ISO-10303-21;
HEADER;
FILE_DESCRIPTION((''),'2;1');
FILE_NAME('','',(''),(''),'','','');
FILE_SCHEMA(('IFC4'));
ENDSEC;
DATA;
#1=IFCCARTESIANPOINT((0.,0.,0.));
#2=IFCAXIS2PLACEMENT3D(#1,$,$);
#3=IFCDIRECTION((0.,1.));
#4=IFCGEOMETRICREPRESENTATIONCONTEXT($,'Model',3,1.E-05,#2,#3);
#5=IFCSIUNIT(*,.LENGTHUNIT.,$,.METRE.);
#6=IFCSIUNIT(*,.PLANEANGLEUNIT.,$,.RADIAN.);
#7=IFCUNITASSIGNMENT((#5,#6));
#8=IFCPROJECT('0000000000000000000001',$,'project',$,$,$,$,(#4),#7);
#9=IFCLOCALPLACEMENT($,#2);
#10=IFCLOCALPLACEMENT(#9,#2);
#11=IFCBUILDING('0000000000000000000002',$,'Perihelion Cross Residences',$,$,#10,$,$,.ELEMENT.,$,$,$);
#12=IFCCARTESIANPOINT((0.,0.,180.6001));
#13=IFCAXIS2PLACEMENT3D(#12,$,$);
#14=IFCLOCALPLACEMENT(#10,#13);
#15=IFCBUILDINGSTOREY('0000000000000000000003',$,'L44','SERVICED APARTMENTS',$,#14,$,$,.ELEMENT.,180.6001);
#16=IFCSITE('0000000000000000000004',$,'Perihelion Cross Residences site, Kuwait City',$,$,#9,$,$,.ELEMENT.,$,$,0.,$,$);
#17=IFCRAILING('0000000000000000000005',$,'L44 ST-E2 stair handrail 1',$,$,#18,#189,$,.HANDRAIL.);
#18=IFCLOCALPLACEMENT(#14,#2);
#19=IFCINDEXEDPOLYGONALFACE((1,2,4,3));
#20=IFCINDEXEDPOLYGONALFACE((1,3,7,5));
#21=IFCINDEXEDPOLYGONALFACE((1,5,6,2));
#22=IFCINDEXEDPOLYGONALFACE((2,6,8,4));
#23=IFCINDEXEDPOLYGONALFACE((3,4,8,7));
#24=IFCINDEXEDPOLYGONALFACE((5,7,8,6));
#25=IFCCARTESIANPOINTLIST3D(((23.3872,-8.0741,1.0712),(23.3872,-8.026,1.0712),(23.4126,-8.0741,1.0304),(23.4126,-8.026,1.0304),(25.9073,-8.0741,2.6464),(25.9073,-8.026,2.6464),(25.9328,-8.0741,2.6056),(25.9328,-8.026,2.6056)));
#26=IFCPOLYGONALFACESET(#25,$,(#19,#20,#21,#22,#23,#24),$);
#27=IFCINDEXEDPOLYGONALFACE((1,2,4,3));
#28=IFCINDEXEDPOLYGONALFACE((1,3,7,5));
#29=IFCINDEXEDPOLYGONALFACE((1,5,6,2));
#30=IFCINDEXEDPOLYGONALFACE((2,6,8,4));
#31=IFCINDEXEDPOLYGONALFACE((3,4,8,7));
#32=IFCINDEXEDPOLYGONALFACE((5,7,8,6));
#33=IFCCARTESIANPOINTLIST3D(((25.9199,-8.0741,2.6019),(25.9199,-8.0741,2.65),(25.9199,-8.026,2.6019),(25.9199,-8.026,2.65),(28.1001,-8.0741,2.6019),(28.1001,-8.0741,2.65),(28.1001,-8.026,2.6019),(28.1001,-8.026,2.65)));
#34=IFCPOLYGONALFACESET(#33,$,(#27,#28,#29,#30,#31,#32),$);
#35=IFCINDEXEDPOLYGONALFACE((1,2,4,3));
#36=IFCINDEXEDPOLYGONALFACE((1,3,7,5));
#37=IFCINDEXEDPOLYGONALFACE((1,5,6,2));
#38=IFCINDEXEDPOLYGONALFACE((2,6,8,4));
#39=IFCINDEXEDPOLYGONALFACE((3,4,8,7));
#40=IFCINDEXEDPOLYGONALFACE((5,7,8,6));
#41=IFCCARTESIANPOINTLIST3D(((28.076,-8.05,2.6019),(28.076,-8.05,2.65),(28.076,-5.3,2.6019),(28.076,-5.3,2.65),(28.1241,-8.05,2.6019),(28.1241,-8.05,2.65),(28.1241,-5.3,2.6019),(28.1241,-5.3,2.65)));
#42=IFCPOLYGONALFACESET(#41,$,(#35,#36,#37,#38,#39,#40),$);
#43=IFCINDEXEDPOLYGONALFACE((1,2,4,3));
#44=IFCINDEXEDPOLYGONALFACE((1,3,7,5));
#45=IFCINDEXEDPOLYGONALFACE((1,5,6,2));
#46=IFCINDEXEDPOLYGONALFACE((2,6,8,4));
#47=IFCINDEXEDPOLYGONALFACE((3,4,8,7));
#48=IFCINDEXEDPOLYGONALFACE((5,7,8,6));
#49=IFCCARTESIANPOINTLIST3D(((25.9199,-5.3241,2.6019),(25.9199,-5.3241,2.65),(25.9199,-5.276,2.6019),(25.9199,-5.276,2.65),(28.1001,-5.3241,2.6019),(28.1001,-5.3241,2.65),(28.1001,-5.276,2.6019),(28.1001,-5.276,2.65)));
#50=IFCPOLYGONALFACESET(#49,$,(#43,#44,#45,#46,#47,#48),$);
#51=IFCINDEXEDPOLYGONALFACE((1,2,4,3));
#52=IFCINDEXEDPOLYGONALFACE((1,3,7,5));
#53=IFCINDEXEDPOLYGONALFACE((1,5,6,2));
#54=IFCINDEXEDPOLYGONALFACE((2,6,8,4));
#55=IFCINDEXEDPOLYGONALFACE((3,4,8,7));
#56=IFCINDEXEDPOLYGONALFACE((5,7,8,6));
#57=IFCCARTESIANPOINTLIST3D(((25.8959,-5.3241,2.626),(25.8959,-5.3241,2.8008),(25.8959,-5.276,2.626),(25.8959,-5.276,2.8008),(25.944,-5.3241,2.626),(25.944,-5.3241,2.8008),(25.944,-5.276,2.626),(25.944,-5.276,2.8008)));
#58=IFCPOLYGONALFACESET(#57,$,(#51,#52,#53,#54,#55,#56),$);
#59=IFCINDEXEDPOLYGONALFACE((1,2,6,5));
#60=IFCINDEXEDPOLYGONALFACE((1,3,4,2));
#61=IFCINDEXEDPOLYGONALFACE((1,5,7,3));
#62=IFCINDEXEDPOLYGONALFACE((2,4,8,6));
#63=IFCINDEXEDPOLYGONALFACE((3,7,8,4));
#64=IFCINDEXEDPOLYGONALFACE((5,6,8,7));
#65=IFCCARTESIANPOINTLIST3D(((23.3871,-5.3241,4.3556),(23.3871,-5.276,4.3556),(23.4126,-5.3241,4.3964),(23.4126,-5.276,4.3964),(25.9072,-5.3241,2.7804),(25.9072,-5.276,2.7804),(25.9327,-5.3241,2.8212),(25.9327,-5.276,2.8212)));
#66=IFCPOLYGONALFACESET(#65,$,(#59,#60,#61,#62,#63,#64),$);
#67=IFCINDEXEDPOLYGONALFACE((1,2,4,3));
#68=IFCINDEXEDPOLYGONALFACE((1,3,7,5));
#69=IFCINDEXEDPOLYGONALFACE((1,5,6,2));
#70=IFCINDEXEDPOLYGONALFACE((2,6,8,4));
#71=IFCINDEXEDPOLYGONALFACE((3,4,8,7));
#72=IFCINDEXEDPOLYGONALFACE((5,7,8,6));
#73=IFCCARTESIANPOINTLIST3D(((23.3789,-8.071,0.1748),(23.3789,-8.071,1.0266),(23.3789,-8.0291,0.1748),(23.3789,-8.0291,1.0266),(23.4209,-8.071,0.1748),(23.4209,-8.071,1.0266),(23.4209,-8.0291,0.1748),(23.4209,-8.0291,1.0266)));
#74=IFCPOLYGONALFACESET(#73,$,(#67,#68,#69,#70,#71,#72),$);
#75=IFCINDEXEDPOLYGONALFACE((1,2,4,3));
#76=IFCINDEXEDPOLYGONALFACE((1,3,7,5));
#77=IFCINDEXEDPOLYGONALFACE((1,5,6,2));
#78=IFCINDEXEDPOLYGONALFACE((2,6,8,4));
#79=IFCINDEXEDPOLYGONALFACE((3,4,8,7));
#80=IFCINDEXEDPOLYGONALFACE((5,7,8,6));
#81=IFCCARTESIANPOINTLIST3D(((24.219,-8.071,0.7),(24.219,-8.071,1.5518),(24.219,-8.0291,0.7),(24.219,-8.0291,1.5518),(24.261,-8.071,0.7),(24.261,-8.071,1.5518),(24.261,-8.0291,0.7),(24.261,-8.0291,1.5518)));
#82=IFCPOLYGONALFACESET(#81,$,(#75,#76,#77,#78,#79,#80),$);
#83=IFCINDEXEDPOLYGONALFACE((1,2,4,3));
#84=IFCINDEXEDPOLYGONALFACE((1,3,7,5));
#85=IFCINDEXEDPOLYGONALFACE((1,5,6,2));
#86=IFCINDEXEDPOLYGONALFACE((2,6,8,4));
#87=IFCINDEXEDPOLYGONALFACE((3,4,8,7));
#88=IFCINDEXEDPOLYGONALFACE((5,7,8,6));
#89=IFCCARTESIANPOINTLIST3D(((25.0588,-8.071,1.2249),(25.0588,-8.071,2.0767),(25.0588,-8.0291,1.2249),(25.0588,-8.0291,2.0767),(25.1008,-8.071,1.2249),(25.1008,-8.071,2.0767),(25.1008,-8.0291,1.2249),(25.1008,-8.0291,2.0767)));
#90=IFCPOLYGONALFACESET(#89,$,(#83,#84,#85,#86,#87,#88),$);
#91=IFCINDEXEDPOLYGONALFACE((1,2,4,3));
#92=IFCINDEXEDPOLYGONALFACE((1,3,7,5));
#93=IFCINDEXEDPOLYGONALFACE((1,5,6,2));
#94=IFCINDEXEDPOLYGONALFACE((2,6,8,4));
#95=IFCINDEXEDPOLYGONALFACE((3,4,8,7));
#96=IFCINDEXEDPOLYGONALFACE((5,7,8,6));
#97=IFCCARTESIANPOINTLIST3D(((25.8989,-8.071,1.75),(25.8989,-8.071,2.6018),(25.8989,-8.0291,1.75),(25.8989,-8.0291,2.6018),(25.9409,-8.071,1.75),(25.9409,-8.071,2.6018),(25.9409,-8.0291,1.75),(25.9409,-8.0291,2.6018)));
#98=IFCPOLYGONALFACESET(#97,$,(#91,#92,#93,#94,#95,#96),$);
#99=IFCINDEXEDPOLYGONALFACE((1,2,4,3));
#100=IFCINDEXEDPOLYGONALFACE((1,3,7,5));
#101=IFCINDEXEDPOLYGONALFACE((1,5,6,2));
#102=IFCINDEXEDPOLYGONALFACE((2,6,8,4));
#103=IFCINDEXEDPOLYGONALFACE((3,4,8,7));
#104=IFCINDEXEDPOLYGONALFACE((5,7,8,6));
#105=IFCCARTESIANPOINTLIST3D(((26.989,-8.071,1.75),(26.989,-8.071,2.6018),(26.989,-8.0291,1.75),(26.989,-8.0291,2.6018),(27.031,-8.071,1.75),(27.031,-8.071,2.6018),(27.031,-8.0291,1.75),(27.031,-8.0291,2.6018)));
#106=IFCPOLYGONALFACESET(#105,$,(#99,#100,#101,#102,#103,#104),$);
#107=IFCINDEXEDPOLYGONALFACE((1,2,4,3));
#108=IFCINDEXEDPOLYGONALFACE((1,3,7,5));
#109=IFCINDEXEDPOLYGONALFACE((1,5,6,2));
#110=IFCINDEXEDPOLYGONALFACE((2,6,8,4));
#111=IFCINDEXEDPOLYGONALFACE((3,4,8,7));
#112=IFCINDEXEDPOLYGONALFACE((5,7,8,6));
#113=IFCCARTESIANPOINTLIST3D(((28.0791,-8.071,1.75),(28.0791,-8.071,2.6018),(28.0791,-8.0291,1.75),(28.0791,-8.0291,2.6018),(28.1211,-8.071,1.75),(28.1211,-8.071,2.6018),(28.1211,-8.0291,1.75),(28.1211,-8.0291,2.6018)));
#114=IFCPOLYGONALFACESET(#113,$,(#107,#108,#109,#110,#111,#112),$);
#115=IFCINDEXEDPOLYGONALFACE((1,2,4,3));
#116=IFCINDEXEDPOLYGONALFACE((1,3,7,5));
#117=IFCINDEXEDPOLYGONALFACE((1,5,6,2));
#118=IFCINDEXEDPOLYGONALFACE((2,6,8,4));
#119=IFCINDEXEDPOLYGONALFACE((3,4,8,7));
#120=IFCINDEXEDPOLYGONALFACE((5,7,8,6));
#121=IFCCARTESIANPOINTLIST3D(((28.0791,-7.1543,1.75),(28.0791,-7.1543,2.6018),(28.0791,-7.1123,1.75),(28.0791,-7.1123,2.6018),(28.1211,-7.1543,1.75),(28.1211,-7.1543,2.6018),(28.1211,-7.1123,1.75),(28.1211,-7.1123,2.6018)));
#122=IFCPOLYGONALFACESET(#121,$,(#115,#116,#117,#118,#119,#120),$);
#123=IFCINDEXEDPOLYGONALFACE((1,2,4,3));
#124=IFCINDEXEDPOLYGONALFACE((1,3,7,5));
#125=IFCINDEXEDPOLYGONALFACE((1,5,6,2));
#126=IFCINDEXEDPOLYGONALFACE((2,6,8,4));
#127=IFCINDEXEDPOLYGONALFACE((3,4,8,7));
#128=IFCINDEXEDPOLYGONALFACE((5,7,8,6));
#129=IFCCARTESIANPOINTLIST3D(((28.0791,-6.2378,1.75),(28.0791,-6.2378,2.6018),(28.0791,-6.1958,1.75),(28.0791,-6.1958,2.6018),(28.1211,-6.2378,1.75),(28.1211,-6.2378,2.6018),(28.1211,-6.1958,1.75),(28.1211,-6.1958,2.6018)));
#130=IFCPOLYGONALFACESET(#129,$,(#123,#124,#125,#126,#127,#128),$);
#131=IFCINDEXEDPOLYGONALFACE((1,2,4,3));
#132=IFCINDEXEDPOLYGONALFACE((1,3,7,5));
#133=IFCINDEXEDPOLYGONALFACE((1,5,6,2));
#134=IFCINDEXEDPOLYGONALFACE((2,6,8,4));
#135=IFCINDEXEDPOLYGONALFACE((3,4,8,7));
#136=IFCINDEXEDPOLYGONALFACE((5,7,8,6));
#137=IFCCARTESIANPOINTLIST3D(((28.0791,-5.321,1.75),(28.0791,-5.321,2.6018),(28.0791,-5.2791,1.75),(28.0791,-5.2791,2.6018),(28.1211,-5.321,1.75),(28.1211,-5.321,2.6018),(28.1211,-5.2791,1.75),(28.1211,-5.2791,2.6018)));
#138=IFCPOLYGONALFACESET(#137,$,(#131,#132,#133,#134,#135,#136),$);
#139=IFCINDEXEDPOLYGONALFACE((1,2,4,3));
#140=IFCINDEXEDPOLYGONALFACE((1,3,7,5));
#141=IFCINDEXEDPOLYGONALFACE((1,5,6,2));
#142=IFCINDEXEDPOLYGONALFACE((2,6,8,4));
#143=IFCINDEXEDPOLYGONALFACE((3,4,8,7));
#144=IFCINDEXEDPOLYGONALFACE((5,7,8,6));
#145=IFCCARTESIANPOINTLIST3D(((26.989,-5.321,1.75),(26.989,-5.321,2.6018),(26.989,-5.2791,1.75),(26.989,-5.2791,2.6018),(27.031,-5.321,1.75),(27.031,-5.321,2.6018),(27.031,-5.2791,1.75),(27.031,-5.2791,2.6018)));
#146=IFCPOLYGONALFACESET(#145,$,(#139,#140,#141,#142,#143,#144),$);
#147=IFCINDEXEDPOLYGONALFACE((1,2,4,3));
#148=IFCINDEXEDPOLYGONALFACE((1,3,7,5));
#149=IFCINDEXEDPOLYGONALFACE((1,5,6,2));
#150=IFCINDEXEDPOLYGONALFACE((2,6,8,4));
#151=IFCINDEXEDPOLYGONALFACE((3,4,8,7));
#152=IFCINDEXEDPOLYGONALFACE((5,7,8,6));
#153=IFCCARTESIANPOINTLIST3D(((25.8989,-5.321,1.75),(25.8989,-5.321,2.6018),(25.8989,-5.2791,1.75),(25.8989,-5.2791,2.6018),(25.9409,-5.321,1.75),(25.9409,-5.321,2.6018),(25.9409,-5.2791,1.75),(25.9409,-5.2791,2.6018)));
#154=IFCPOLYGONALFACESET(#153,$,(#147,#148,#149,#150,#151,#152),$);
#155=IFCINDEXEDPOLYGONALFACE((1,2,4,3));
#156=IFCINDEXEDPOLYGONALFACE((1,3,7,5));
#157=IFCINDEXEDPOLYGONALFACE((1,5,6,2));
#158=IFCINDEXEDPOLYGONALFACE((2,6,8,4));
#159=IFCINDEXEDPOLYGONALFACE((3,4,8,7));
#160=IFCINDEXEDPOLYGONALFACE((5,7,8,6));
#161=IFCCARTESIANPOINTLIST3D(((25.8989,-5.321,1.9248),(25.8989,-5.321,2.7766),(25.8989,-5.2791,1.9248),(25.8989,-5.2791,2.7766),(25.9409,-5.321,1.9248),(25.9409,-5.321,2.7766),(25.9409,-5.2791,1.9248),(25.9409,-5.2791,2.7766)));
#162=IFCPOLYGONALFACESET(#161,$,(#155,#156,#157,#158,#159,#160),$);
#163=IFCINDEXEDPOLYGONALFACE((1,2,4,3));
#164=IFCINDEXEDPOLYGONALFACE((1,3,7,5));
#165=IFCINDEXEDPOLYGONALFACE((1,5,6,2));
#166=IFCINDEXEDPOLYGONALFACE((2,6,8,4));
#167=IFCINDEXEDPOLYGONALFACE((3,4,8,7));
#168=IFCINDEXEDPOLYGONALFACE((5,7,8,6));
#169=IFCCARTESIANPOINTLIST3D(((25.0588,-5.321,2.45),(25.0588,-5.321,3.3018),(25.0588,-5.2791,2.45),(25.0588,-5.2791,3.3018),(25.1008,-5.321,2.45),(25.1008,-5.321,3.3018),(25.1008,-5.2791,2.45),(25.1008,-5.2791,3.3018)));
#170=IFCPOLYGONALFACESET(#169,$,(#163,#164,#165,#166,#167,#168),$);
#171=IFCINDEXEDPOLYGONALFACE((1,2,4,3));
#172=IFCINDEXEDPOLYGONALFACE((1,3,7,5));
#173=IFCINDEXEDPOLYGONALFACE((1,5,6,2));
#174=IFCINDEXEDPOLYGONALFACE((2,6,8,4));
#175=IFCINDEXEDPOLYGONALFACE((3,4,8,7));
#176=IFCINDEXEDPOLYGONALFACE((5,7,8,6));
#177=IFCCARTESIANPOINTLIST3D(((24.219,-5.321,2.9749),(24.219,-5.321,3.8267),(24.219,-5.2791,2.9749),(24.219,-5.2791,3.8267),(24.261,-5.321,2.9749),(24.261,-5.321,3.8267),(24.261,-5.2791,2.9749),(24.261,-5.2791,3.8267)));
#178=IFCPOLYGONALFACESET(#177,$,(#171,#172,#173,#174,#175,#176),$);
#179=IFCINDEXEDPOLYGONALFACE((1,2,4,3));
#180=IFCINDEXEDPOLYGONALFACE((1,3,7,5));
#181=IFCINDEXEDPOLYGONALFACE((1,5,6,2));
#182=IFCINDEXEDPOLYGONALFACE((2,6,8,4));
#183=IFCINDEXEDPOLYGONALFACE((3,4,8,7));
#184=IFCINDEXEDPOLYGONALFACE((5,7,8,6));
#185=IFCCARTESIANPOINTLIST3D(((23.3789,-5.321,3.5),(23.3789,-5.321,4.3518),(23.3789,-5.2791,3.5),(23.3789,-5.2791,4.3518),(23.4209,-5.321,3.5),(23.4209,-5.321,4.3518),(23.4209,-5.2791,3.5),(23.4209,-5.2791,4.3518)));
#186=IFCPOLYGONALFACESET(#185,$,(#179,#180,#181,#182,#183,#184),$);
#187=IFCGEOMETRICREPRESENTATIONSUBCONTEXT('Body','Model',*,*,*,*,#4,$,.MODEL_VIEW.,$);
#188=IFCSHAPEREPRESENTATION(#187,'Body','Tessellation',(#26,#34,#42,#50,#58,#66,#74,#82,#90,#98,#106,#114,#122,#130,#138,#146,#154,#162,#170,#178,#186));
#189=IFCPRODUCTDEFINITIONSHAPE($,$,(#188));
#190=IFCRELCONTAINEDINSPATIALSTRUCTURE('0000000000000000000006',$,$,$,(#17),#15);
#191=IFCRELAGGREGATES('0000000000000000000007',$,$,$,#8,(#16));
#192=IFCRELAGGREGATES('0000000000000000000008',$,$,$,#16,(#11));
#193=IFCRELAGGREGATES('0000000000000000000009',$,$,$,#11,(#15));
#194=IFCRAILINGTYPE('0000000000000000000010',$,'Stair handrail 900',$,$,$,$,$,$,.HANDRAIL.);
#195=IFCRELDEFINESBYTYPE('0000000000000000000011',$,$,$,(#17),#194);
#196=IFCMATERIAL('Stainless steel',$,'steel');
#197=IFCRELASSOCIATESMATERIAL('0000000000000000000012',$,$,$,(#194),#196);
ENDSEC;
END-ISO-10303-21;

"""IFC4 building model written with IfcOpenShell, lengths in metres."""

from ifc_helpers import new_model, si_unit, direction, frame, origin, origin_2d, place, context, subcontext, project, spatial, rectangle, extrude, material, type_object, element, save


model = new_model("IFC4")

# Units and contexts
model_context = context("Model", 3, precision=1e-05, world=origin(), true_north=direction((0.0, 1.0)))
body_context = subcontext(model_context, "Body", "Model", "MODEL_VIEW")
ifc_project = project(units=[si_unit("LENGTHUNIT", "METRE"), si_unit("PLANEANGLEUNIT", "RADIAN")], contexts=[model_context])

# Site, building, storey
site_placement = place(None, origin())
site = spatial("IfcSite", under=ifc_project, at=site_placement, Name="Perihelion Cross Residences site, Kuwait City", CompositionType="ELEMENT", RefElevation=0.0)
building_placement = place(site_placement, origin())
building = spatial("IfcBuilding", under=site, at=building_placement, Name="Perihelion Cross Residences", CompositionType="ELEMENT")
storey_placement = place(building_placement, frame((0.0, 0.0, 180.6001)))
storey = spatial("IfcBuildingStorey", under=building, at=storey_placement, Name="L44", Description="SERVICED APARTMENTS", CompositionType="ELEMENT", Elevation=180.6001)

# Railing
ifc_material_1 = material(Name="Stainless steel", Category="steel")
railing_type_1 = type_object("IfcRailingType", Name="Stair handrail 900", PredefinedType="HANDRAIL", material=ifc_material_1)
railing_1_placement = place(storey_placement, frame((23.3999, -8.05, 0.1748)))
element("IfcRailing", 1, at=railing_1_placement, inside=storey, type_object=railing_type_1, Name="L44 ST-E2 stair handrail 1", PredefinedType="HANDRAIL", context=body_context, shape_type="SweptSolid", body=[
    extrude(rectangle(XDim=0.0481, YDim=0.0481, at=origin_2d()), frame((0.0, 0.0, 0.876), z_axis=(0.847971, 0.0, 0.530043), x_axis=(0.0, 1.0, 0.0)), (0.0, 0.0, 1.0), 2.9719),
    extrude(rectangle(XDim=0.0481, YDim=0.0481, at=origin_2d()), frame((2.52, 0.0, 2.4512), z_axis=(1.0, 0.0, 0.0), x_axis=(0.0, 1.0, 0.0)), (0.0, 0.0, 1.0), 2.1802),
    extrude(rectangle(XDim=0.0481, YDim=0.0481, at=origin_2d()), frame((4.7002, 0.0, 2.4512), z_axis=(0.0, 1.0, 0.0), x_axis=(-1.0, 0.0, 0.0)), (0.0, 0.0, 1.0), 2.75),
    extrude(rectangle(XDim=0.0481, YDim=0.0481, at=origin_2d()), frame((4.7002, 2.75, 2.4512), z_axis=(-1.0, 0.0, 0.0), x_axis=(0.0, -1.0, 0.0)), (0.0, 0.0, 1.0), 2.1802),
    extrude(rectangle(XDim=0.0481, YDim=0.0481, at=origin_2d()), frame((2.52, 2.75, 2.4512), z_axis=(0.0, 0.0, 1.0), x_axis=(1.0, 0.0, 0.0)), (0.0, 0.0, 1.0), 0.1748),
    extrude(rectangle(XDim=0.0481, YDim=0.0481, at=origin_2d()), frame((2.52, 2.75, 2.626), z_axis=(-0.847971, 0.0, 0.530043), x_axis=(0.0, -1.0, 0.0)), (0.0, 0.0, 1.0), 2.9719),
    extrude(rectangle(XDim=0.042, YDim=0.042, at=origin_2d()), origin(), (0.0, 0.0, 1.0), 0.8518),
    extrude(rectangle(XDim=0.042, YDim=0.042, at=origin_2d()), frame((0.8401, 0.0, 0.5251)), (0.0, 0.0, 1.0), 0.8518),
    extrude(rectangle(XDim=0.042, YDim=0.042, at=origin_2d()), frame((1.6799, 0.0, 1.05)), (0.0, 0.0, 1.0), 0.8518),
    extrude(rectangle(XDim=0.042, YDim=0.042, at=origin_2d()), frame((2.52, 0.0, 1.5752)), (0.0, 0.0, 1.0), 0.8518),
    extrude(rectangle(XDim=0.042, YDim=0.042, at=origin_2d()), frame((3.6101, 0.0, 1.5752)), (0.0, 0.0, 1.0), 0.8518),
    extrude(rectangle(XDim=0.042, YDim=0.042, at=origin_2d()), frame((4.7002, 0.0, 1.5752)), (0.0, 0.0, 1.0), 0.8518),
    extrude(rectangle(XDim=0.042, YDim=0.042, at=origin_2d()), frame((4.7002, 0.9167, 1.5752)), (0.0, 0.0, 1.0), 0.8518),
    extrude(rectangle(XDim=0.042, YDim=0.042, at=origin_2d()), frame((4.7002, 1.8333, 1.5752)), (0.0, 0.0, 1.0), 0.8518),
    extrude(rectangle(XDim=0.042, YDim=0.042, at=origin_2d()), frame((4.7002, 2.75, 1.5752)), (0.0, 0.0, 1.0), 0.8518),
    extrude(rectangle(XDim=0.042, YDim=0.042, at=origin_2d()), frame((3.6101, 2.75, 1.5752)), (0.0, 0.0, 1.0), 0.8518),
    extrude(rectangle(XDim=0.042, YDim=0.042, at=origin_2d()), frame((2.52, 2.75, 1.5752)), (0.0, 0.0, 1.0), 0.8518),
    extrude(rectangle(XDim=0.042, YDim=0.042, at=origin_2d()), frame((2.52, 2.75, 1.75)), (0.0, 0.0, 1.0), 0.8518),
    extrude(rectangle(XDim=0.042, YDim=0.042, at=origin_2d()), frame((1.6799, 2.75, 2.2751)), (0.0, 0.0, 1.0), 0.8518),
    extrude(rectangle(XDim=0.042, YDim=0.042, at=origin_2d()), frame((0.8401, 2.75, 2.8)), (0.0, 0.0, 1.0), 0.8518),
    extrude(rectangle(XDim=0.042, YDim=0.042, at=origin_2d()), frame((0.0, 2.75, 3.3252)), (0.0, 0.0, 1.0), 0.8518),
])

save(model, "model.ifc")
